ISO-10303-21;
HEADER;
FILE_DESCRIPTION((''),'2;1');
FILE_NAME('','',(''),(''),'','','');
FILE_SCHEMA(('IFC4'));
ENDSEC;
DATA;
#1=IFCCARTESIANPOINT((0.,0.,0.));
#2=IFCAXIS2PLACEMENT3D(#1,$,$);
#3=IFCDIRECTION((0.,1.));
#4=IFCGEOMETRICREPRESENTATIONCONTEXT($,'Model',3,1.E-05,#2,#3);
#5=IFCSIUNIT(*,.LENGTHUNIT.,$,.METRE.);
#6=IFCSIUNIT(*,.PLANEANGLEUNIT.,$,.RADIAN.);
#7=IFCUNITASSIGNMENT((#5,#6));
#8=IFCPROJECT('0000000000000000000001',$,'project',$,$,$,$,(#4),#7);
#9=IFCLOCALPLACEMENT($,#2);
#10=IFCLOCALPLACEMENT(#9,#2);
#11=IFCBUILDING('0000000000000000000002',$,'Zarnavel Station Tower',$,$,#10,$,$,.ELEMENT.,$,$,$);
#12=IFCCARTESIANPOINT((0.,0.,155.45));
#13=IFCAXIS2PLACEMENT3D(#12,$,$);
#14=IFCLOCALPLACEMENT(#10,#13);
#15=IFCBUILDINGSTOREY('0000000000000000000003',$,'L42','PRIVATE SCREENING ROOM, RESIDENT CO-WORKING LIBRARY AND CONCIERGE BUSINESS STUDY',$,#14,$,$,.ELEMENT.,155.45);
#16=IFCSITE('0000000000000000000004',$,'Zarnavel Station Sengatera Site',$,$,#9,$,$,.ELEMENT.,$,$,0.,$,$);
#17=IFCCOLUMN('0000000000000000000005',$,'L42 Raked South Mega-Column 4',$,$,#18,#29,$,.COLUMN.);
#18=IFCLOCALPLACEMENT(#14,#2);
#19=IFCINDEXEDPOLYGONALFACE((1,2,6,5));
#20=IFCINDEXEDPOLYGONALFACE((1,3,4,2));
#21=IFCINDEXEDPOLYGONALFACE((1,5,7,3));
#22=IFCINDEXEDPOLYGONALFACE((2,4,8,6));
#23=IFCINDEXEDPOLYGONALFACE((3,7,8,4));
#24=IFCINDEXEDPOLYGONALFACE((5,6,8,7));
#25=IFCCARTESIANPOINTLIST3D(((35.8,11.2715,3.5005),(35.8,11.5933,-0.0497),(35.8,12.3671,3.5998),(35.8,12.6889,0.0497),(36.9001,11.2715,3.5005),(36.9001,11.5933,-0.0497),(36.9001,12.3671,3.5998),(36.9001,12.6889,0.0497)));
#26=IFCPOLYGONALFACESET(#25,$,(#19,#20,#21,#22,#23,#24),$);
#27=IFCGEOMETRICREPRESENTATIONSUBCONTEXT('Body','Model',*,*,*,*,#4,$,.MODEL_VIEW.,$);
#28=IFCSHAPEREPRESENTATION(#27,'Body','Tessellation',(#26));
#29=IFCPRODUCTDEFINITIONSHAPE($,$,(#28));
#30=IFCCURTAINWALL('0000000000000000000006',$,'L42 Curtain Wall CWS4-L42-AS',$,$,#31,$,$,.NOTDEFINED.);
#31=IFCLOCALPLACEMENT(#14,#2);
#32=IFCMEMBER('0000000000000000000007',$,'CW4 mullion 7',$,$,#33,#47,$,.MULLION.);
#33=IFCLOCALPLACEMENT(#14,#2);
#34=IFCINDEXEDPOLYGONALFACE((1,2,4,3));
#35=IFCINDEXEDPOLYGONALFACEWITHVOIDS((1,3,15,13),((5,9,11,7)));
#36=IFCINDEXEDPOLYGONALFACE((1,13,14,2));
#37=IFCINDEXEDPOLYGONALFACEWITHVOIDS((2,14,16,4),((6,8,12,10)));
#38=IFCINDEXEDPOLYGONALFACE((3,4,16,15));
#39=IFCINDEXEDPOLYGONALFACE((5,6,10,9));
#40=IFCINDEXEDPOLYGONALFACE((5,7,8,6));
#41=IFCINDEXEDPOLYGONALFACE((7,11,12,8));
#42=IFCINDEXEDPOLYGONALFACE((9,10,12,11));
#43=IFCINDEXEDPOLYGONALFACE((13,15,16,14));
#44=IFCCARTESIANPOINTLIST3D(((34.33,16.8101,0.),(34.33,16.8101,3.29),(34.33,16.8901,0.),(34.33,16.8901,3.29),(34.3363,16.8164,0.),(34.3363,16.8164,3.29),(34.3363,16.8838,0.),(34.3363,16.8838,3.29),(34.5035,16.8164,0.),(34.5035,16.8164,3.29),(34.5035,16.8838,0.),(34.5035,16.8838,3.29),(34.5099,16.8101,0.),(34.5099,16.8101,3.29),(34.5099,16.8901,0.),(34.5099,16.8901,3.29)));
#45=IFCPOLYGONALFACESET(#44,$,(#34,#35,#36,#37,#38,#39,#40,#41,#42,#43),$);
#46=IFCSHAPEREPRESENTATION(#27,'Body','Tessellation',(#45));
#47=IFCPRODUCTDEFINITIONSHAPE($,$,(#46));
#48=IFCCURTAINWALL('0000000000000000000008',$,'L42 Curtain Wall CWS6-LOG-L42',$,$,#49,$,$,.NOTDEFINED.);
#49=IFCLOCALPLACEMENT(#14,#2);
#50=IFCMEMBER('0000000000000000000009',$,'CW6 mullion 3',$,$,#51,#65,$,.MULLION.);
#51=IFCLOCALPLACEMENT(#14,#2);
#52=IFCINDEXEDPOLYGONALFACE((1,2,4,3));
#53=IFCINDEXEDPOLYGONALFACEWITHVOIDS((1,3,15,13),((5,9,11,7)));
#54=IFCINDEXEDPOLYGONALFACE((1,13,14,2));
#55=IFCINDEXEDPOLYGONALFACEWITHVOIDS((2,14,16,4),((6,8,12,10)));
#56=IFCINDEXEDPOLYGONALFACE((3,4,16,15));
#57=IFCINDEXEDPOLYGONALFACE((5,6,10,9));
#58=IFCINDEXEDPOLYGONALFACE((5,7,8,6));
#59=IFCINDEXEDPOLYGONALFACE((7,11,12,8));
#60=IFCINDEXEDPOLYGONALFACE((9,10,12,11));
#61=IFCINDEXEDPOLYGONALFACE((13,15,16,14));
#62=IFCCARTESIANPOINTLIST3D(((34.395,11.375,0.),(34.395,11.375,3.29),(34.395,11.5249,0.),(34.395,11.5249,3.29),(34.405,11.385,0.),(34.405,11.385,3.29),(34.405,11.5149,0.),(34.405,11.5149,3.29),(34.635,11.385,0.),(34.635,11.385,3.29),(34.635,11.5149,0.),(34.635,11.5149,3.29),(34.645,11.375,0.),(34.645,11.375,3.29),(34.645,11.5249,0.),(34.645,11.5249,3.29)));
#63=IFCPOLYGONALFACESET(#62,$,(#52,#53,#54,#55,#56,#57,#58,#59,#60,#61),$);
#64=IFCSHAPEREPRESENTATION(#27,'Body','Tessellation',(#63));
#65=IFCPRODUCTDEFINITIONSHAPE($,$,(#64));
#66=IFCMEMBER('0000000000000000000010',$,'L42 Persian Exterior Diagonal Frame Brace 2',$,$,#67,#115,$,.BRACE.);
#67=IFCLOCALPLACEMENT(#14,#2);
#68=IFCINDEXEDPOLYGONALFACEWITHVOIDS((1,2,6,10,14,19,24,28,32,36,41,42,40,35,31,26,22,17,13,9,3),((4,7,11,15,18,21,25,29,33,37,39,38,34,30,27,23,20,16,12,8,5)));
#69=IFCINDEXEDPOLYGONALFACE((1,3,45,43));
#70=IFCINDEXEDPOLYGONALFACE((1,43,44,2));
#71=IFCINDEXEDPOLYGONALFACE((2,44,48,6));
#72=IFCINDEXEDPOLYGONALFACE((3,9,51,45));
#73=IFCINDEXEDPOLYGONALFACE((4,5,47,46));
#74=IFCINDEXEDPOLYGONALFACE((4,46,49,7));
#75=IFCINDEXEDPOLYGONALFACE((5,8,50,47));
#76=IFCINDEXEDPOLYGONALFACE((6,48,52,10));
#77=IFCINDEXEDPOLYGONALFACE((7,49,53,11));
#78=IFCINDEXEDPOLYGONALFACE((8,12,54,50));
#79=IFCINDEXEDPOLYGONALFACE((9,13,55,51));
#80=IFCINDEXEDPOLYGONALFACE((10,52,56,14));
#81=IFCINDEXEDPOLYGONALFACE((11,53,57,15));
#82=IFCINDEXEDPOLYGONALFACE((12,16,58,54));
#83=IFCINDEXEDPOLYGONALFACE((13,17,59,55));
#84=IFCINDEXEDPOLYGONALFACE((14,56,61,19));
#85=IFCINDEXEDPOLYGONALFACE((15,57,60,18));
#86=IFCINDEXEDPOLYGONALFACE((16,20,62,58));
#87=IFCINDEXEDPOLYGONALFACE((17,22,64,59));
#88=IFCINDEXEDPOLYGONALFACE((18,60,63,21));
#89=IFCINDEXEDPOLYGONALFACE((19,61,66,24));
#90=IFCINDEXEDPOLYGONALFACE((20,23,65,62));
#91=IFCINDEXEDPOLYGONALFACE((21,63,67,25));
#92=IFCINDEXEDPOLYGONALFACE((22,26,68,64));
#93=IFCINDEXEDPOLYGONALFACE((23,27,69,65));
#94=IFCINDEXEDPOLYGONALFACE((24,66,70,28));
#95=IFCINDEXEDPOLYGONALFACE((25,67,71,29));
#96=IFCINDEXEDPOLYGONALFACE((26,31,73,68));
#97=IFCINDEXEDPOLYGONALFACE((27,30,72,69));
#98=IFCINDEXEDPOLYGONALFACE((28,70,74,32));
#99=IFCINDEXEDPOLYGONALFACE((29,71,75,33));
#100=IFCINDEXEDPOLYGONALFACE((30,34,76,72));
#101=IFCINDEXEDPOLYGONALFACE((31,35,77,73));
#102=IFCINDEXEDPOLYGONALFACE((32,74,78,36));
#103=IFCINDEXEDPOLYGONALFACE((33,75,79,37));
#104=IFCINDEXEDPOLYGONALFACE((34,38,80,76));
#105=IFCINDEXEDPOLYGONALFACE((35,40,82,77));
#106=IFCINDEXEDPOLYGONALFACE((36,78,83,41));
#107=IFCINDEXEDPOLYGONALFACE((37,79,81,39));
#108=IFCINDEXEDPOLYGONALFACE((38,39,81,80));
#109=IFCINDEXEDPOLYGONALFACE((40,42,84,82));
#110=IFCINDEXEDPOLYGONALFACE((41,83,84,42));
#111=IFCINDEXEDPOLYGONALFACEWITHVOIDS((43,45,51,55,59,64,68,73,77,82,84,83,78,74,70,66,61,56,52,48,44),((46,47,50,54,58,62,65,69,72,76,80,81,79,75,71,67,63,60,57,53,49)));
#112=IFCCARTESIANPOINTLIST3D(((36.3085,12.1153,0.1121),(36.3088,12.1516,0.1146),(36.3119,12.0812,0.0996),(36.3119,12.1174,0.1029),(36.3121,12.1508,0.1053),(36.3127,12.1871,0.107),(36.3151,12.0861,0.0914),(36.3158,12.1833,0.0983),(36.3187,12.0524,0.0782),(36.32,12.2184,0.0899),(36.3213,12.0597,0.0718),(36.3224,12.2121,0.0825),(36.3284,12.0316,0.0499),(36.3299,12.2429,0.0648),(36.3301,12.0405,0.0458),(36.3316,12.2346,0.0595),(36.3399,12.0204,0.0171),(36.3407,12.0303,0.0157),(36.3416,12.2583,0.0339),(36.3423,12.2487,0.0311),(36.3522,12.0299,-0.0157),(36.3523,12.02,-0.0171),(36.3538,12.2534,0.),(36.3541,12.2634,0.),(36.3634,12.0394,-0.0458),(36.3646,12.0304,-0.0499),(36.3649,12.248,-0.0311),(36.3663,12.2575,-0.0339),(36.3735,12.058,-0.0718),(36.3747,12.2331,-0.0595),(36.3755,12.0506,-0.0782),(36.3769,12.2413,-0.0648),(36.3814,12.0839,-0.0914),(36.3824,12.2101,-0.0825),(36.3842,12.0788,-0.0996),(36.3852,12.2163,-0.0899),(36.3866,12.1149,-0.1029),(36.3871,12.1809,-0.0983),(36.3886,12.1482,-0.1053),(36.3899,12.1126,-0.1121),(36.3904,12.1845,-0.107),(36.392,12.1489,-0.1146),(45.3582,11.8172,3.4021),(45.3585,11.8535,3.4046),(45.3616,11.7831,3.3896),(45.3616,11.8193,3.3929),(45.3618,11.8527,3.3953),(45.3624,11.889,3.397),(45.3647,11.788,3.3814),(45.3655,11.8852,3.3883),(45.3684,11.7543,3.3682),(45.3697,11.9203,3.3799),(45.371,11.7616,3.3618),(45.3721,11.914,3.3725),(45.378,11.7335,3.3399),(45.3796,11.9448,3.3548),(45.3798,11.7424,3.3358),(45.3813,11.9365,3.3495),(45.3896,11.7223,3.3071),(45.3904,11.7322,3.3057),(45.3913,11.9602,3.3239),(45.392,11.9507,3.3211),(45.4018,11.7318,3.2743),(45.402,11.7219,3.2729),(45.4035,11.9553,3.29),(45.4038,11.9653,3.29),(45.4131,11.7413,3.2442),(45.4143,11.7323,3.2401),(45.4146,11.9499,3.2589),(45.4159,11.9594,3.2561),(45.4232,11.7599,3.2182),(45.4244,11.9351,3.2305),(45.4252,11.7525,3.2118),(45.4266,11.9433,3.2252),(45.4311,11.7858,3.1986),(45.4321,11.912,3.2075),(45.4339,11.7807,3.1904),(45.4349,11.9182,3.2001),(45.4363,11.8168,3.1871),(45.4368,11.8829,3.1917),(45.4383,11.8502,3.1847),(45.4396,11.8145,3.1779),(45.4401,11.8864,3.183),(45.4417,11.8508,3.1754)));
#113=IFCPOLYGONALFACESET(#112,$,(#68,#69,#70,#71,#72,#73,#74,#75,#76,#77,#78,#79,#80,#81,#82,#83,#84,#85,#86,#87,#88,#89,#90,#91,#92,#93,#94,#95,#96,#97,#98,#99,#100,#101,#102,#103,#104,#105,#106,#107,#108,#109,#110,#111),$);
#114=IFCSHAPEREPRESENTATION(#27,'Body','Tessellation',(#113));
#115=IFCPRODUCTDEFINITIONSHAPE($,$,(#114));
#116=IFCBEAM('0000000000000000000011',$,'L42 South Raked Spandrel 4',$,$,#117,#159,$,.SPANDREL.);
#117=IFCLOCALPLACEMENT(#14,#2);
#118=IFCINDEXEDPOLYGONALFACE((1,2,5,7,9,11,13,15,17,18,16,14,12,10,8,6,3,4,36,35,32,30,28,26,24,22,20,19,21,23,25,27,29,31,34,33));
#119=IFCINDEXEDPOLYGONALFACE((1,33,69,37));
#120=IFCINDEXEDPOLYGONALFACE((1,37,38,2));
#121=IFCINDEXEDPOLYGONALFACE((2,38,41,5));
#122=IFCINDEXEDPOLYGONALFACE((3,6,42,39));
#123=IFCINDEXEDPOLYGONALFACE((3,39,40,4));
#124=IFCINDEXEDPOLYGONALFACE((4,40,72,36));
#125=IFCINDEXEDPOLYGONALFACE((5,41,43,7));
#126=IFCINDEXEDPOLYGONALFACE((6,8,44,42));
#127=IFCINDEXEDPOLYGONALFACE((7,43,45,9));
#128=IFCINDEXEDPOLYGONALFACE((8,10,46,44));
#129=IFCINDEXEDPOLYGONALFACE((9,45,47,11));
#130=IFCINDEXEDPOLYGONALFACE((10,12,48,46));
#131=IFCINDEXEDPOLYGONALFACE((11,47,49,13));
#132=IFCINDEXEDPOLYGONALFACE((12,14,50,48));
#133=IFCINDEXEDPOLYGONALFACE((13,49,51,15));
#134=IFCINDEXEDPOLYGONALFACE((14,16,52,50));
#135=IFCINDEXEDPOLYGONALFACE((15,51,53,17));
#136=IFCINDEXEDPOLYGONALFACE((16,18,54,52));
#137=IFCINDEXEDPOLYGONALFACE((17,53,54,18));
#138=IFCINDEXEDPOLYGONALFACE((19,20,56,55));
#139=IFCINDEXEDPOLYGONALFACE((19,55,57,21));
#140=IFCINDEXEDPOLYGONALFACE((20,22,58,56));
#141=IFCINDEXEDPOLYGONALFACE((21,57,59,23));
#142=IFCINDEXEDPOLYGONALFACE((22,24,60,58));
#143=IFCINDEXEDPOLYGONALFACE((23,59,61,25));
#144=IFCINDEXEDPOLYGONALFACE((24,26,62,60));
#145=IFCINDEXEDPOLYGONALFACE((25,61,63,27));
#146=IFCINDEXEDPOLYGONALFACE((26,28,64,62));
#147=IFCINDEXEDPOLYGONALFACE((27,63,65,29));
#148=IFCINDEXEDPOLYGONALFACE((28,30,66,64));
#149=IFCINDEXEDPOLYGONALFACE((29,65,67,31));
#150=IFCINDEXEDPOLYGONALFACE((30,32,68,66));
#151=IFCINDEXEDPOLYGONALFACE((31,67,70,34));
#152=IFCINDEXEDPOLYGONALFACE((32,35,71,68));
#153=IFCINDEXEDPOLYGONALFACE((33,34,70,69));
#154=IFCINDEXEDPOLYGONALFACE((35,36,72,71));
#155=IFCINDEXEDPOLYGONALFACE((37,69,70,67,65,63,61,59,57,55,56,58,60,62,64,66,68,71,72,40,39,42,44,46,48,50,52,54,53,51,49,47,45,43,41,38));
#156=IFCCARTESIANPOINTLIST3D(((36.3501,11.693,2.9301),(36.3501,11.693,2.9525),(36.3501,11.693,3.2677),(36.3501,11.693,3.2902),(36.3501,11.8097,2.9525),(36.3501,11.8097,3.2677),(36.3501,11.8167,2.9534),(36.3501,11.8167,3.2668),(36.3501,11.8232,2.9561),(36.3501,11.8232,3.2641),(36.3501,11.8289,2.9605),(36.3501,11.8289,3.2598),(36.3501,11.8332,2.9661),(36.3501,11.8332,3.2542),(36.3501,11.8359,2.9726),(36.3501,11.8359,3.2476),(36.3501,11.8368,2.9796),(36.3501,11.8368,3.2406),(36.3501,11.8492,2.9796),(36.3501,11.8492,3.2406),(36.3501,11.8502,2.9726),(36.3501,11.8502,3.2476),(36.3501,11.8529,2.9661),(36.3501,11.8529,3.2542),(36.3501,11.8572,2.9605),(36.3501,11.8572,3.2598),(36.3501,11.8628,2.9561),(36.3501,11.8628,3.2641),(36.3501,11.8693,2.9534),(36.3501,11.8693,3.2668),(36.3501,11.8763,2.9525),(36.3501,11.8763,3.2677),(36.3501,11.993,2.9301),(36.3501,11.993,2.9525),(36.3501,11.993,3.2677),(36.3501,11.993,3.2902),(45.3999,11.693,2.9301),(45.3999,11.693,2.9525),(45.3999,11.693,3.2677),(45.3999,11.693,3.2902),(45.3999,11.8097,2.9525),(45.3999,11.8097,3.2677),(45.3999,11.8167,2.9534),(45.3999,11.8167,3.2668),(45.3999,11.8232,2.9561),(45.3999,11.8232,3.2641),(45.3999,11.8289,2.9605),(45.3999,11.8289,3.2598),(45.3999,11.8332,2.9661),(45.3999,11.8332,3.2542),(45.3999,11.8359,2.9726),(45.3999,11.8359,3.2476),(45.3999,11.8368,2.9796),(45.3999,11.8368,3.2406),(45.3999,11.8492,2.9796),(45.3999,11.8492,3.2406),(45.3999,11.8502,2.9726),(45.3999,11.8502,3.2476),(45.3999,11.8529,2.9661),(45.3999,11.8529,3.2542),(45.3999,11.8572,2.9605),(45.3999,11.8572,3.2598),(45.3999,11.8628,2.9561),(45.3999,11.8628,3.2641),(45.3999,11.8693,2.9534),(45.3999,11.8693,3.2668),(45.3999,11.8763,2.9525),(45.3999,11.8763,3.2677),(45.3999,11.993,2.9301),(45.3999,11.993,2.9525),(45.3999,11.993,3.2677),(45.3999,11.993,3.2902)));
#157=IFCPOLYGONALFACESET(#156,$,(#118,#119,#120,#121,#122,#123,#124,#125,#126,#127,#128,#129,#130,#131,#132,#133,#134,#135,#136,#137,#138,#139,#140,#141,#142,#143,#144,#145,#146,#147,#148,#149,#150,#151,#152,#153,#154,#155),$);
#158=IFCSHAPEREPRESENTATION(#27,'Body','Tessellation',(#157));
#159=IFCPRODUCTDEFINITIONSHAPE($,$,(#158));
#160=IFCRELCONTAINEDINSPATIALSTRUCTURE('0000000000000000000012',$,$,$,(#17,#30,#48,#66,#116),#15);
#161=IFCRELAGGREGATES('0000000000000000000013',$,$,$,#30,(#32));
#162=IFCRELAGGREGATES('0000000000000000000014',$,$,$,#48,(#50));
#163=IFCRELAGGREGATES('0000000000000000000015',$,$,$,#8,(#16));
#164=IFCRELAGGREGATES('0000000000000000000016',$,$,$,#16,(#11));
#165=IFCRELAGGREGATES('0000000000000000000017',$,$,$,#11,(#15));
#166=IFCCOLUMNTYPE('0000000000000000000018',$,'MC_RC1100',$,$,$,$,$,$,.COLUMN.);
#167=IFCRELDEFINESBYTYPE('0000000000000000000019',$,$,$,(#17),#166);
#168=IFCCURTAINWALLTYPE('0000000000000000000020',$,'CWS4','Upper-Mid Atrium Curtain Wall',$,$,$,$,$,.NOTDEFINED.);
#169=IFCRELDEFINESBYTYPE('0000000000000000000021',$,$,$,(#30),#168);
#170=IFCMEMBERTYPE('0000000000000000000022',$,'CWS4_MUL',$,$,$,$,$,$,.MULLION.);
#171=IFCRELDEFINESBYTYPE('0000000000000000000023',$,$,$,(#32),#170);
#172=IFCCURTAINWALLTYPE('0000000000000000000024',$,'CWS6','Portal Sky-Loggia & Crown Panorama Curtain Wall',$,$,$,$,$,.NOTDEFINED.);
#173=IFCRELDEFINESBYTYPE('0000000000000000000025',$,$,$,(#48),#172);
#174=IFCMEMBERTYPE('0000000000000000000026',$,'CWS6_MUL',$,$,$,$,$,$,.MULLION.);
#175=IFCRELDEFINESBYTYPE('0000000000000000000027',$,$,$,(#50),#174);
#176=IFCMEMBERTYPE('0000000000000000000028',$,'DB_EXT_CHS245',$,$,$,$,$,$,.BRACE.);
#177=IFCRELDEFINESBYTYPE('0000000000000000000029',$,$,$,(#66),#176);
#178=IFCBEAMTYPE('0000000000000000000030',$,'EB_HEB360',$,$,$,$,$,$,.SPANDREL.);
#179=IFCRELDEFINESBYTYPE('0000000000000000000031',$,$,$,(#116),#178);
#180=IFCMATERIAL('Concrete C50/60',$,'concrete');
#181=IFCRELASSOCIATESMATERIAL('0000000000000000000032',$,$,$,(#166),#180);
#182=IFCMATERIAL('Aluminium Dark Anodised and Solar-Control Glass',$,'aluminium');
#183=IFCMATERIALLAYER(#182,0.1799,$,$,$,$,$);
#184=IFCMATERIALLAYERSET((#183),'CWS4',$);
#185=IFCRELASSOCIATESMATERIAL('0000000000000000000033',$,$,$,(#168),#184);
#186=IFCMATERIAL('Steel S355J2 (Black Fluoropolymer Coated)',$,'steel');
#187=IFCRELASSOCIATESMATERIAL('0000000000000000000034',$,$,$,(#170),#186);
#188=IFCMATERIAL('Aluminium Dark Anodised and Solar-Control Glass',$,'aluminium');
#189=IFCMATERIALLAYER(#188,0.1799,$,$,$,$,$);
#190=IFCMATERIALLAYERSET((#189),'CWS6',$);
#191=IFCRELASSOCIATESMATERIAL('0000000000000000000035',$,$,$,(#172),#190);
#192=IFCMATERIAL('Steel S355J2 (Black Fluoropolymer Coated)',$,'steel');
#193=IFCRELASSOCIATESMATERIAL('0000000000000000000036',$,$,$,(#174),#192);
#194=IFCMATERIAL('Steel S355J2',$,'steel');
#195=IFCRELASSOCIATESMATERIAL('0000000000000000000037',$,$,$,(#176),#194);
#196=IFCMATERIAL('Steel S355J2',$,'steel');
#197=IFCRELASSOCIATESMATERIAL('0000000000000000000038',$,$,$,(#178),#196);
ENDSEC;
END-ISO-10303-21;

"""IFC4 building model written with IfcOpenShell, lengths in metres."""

from ifc_helpers import new_model, si_unit, direction, frame, origin, origin_2d, place, context, subcontext, project, spatial, rectangle, hollow_rectangle, hollow_circle, i_section, extrude, material, layer, layer_set, material_profile, profile_set, type_object, element, aggregate, save


model = new_model("IFC4")

# Units and contexts
model_context = context("Model", 3, precision=1e-05, world=origin(), true_north=direction((0.0, 1.0)))
body_context = subcontext(model_context, "Body", "Model", "MODEL_VIEW")
ifc_project = project(units=[si_unit("LENGTHUNIT", "METRE"), si_unit("PLANEANGLEUNIT", "RADIAN")], contexts=[model_context])

# Site, building, storey
site_placement = place(None, origin())
site = spatial("IfcSite", under=ifc_project, at=site_placement, Name="Zarnavel Station Sengatera Site", CompositionType="ELEMENT", RefElevation=0.0)
building_placement = place(site_placement, origin())
building = spatial("IfcBuilding", under=site, at=building_placement, Name="Zarnavel Station Tower", CompositionType="ELEMENT")
storey_placement = place(building_placement, frame((0.0, 0.0, 155.45)))
storey = spatial("IfcBuildingStorey", under=building, at=storey_placement, Name="L42", Description="PRIVATE SCREENING ROOM, RESIDENT CO-WORKING LIBRARY AND CONCIERGE BUSINESS STUDY", CompositionType="ELEMENT", Elevation=155.45)

# Column
ifc_material_1 = material(Name="Concrete C50/60", Category="concrete")
ifc_material_profile_1 = material_profile(ifc_material_1, rectangle(XDim=1.1001, YDim=1.1001, at=origin_2d()), Name="RC1100x1100")
ifc_profile_set_1 = profile_set([ifc_material_profile_1], Name="Concrete C50/60")
column_type = type_object("IfcColumnType", Name="MC_RC1100", PredefinedType="COLUMN", material=ifc_profile_set_1)
column_placement = place(storey_placement, frame((36.3501, 12.1411, 0.0), z_axis=(0.0, -0.09027, 0.995917), x_axis=(1.0, 0.0, 0.0)))
element("IfcColumn", 1, at=column_placement, inside=storey, type_object=column_type, Name="L42 Raked South Mega-Column 4", PredefinedType="COLUMN", context=body_context, shape_type="SweptSolid", body=[
    extrude(rectangle(XDim=1.1001, YDim=1.1001, at=origin_2d()), origin(), (0.0, 0.0, 1.0), 3.5647),
])

# Curtain walls, members
ifc_material_2 = material(Name="Aluminium Dark Anodised and Solar-Control Glass", Category="aluminium")
ifc_layer_1 = layer(ifc_material_2, 0.1799)
ifc_layer_set_1 = layer_set([ifc_layer_1], Name="CWS4")
curtain_wall_type_1 = type_object("IfcCurtainWallType", Name="CWS4", Description="Upper-Mid Atrium Curtain Wall", PredefinedType="NOTDEFINED", material=ifc_layer_set_1)
curtain_wall_1_placement = place(storey_placement, origin())
curtain_wall_1 = element("IfcCurtainWall", 2, at=curtain_wall_1_placement, inside=storey, type_object=curtain_wall_type_1, Name="L42 Curtain Wall CWS4-L42-AS", PredefinedType="NOTDEFINED")
ifc_material_3 = material(Name="Steel S355J2 (Black Fluoropolymer Coated)", Category="steel")
ifc_material_profile_2 = material_profile(ifc_material_3, hollow_rectangle(XDim=0.0801, YDim=0.1799, WallThickness=0.0063, at=origin_2d()), Name="RHS180x80x6.3")
ifc_profile_set_2 = profile_set([ifc_material_profile_2], Name="Steel S355J2 (Black Fluoropolymer Coated)")
member_type_1 = type_object("IfcMemberType", Name="CWS4_MUL", PredefinedType="MULLION", material=ifc_profile_set_2)
member_1_placement = place(storey_placement, frame((34.4199, 16.8501, 0.0), z_axis=(0.0, 0.0, 1.0), x_axis=(0.0, 1.0, 0.0)))
member_1 = element("IfcMember", 3, at=member_1_placement, type_object=member_type_1, Name="CW4 mullion 7", PredefinedType="MULLION", context=body_context, shape_type="SweptSolid", body=[
    extrude(hollow_rectangle(XDim=0.0801, YDim=0.1799, WallThickness=0.0063, at=origin_2d()), origin(), (0.0, 0.0, 1.0), 3.29),
])
ifc_material_4 = material(Name="Aluminium Dark Anodised and Solar-Control Glass", Category="aluminium")
ifc_layer_2 = layer(ifc_material_4, 0.1799)
ifc_layer_set_2 = layer_set([ifc_layer_2], Name="CWS6")
curtain_wall_type_2 = type_object("IfcCurtainWallType", Name="CWS6", Description="Portal Sky-Loggia & Crown Panorama Curtain Wall", PredefinedType="NOTDEFINED", material=ifc_layer_set_2)
curtain_wall_2_placement = place(storey_placement, origin())
curtain_wall_2 = element("IfcCurtainWall", 4, at=curtain_wall_2_placement, inside=storey, type_object=curtain_wall_type_2, Name="L42 Curtain Wall CWS6-LOG-L42", PredefinedType="NOTDEFINED")
ifc_material_5 = material(Name="Steel S355J2 (Black Fluoropolymer Coated)", Category="steel")
ifc_material_profile_3 = material_profile(ifc_material_5, hollow_rectangle(XDim=0.1499, YDim=0.25, WallThickness=0.01, at=origin_2d()), Name="RHS250x150x10")
ifc_profile_set_3 = profile_set([ifc_material_profile_3], Name="Steel S355J2 (Black Fluoropolymer Coated)")
member_type_2 = type_object("IfcMemberType", Name="CWS6_MUL", PredefinedType="MULLION", material=ifc_profile_set_3)
member_2_placement = place(storey_placement, frame((34.52, 11.45, 0.0), z_axis=(0.0, 0.0, 1.0), x_axis=(0.0, 1.0, 0.0)))
member_2 = element("IfcMember", 5, at=member_2_placement, type_object=member_type_2, Name="CW6 mullion 3", PredefinedType="MULLION", context=body_context, shape_type="SweptSolid", body=[
    extrude(hollow_rectangle(XDim=0.1499, YDim=0.25, WallThickness=0.01, at=origin_2d()), origin(), (0.0, 0.0, 1.0), 3.29),
])

# Member
ifc_material_6 = material(Name="Steel S355J2", Category="steel")
ifc_material_profile_4 = material_profile(ifc_material_6, hollow_circle(Radius=0.1223, WallThickness=0.01, at=origin_2d()), Name="CHS244.5x10")
ifc_profile_set_4 = profile_set([ifc_material_profile_4], Name="Steel S355J2")
member_type_3 = type_object("IfcMemberType", Name="DB_EXT_CHS245", PredefinedType="BRACE", material=ifc_profile_set_4)
member_3_placement = place(storey_placement, frame((36.3501, 12.1411, 0.0), z_axis=(0.93937, -0.030942, 0.341506), x_axis=(0.032922, 0.999458, 0.0)))
element("IfcMember", 6, at=member_3_placement, inside=storey, type_object=member_type_3, Name="L42 Persian Exterior Diagonal Frame Brace 2", PredefinedType="BRACE", context=body_context, shape_type="SweptSolid", body=[
    extrude(hollow_circle(Radius=0.1223, WallThickness=0.01, at=origin_2d()), origin(), (0.0, 0.0, 1.0), 9.6338),
])

# Beam
ifc_material_7 = material(Name="Steel S355J2", Category="steel")
ifc_material_profile_5 = material_profile(ifc_material_7, i_section(OverallWidth=0.3, OverallDepth=0.3601, WebThickness=0.0125, FlangeThickness=0.0225, FilletRadius=0.0271, at=origin_2d()), Name="HEB360")
ifc_profile_set_5 = profile_set([ifc_material_profile_5], Name="Steel S355J2")
beam_type_1 = type_object("IfcBeamType", Name="EB_HEB360", PredefinedType="SPANDREL", material=ifc_profile_set_5)
beam_1_placement = place(storey_placement, frame((36.3501, 11.843, 3.1101), z_axis=(1.0, 0.0, 0.0), x_axis=(0.0, 1.0, 0.0)))
element("IfcBeam", 7, at=beam_1_placement, inside=storey, type_object=beam_type_1, Name="L42 South Raked Spandrel 4", PredefinedType="SPANDREL", context=body_context, shape_type="SweptSolid", body=[
    extrude(i_section(OverallWidth=0.3, OverallDepth=0.3601, WebThickness=0.0125, FlangeThickness=0.0225, FilletRadius=0.0271, at=origin_2d()), origin(), (0.0, 0.0, 1.0), 9.0498),
])

aggregate(curtain_wall_1, [member_1])
aggregate(curtain_wall_2, [member_2])

save(model, "model.ifc")
